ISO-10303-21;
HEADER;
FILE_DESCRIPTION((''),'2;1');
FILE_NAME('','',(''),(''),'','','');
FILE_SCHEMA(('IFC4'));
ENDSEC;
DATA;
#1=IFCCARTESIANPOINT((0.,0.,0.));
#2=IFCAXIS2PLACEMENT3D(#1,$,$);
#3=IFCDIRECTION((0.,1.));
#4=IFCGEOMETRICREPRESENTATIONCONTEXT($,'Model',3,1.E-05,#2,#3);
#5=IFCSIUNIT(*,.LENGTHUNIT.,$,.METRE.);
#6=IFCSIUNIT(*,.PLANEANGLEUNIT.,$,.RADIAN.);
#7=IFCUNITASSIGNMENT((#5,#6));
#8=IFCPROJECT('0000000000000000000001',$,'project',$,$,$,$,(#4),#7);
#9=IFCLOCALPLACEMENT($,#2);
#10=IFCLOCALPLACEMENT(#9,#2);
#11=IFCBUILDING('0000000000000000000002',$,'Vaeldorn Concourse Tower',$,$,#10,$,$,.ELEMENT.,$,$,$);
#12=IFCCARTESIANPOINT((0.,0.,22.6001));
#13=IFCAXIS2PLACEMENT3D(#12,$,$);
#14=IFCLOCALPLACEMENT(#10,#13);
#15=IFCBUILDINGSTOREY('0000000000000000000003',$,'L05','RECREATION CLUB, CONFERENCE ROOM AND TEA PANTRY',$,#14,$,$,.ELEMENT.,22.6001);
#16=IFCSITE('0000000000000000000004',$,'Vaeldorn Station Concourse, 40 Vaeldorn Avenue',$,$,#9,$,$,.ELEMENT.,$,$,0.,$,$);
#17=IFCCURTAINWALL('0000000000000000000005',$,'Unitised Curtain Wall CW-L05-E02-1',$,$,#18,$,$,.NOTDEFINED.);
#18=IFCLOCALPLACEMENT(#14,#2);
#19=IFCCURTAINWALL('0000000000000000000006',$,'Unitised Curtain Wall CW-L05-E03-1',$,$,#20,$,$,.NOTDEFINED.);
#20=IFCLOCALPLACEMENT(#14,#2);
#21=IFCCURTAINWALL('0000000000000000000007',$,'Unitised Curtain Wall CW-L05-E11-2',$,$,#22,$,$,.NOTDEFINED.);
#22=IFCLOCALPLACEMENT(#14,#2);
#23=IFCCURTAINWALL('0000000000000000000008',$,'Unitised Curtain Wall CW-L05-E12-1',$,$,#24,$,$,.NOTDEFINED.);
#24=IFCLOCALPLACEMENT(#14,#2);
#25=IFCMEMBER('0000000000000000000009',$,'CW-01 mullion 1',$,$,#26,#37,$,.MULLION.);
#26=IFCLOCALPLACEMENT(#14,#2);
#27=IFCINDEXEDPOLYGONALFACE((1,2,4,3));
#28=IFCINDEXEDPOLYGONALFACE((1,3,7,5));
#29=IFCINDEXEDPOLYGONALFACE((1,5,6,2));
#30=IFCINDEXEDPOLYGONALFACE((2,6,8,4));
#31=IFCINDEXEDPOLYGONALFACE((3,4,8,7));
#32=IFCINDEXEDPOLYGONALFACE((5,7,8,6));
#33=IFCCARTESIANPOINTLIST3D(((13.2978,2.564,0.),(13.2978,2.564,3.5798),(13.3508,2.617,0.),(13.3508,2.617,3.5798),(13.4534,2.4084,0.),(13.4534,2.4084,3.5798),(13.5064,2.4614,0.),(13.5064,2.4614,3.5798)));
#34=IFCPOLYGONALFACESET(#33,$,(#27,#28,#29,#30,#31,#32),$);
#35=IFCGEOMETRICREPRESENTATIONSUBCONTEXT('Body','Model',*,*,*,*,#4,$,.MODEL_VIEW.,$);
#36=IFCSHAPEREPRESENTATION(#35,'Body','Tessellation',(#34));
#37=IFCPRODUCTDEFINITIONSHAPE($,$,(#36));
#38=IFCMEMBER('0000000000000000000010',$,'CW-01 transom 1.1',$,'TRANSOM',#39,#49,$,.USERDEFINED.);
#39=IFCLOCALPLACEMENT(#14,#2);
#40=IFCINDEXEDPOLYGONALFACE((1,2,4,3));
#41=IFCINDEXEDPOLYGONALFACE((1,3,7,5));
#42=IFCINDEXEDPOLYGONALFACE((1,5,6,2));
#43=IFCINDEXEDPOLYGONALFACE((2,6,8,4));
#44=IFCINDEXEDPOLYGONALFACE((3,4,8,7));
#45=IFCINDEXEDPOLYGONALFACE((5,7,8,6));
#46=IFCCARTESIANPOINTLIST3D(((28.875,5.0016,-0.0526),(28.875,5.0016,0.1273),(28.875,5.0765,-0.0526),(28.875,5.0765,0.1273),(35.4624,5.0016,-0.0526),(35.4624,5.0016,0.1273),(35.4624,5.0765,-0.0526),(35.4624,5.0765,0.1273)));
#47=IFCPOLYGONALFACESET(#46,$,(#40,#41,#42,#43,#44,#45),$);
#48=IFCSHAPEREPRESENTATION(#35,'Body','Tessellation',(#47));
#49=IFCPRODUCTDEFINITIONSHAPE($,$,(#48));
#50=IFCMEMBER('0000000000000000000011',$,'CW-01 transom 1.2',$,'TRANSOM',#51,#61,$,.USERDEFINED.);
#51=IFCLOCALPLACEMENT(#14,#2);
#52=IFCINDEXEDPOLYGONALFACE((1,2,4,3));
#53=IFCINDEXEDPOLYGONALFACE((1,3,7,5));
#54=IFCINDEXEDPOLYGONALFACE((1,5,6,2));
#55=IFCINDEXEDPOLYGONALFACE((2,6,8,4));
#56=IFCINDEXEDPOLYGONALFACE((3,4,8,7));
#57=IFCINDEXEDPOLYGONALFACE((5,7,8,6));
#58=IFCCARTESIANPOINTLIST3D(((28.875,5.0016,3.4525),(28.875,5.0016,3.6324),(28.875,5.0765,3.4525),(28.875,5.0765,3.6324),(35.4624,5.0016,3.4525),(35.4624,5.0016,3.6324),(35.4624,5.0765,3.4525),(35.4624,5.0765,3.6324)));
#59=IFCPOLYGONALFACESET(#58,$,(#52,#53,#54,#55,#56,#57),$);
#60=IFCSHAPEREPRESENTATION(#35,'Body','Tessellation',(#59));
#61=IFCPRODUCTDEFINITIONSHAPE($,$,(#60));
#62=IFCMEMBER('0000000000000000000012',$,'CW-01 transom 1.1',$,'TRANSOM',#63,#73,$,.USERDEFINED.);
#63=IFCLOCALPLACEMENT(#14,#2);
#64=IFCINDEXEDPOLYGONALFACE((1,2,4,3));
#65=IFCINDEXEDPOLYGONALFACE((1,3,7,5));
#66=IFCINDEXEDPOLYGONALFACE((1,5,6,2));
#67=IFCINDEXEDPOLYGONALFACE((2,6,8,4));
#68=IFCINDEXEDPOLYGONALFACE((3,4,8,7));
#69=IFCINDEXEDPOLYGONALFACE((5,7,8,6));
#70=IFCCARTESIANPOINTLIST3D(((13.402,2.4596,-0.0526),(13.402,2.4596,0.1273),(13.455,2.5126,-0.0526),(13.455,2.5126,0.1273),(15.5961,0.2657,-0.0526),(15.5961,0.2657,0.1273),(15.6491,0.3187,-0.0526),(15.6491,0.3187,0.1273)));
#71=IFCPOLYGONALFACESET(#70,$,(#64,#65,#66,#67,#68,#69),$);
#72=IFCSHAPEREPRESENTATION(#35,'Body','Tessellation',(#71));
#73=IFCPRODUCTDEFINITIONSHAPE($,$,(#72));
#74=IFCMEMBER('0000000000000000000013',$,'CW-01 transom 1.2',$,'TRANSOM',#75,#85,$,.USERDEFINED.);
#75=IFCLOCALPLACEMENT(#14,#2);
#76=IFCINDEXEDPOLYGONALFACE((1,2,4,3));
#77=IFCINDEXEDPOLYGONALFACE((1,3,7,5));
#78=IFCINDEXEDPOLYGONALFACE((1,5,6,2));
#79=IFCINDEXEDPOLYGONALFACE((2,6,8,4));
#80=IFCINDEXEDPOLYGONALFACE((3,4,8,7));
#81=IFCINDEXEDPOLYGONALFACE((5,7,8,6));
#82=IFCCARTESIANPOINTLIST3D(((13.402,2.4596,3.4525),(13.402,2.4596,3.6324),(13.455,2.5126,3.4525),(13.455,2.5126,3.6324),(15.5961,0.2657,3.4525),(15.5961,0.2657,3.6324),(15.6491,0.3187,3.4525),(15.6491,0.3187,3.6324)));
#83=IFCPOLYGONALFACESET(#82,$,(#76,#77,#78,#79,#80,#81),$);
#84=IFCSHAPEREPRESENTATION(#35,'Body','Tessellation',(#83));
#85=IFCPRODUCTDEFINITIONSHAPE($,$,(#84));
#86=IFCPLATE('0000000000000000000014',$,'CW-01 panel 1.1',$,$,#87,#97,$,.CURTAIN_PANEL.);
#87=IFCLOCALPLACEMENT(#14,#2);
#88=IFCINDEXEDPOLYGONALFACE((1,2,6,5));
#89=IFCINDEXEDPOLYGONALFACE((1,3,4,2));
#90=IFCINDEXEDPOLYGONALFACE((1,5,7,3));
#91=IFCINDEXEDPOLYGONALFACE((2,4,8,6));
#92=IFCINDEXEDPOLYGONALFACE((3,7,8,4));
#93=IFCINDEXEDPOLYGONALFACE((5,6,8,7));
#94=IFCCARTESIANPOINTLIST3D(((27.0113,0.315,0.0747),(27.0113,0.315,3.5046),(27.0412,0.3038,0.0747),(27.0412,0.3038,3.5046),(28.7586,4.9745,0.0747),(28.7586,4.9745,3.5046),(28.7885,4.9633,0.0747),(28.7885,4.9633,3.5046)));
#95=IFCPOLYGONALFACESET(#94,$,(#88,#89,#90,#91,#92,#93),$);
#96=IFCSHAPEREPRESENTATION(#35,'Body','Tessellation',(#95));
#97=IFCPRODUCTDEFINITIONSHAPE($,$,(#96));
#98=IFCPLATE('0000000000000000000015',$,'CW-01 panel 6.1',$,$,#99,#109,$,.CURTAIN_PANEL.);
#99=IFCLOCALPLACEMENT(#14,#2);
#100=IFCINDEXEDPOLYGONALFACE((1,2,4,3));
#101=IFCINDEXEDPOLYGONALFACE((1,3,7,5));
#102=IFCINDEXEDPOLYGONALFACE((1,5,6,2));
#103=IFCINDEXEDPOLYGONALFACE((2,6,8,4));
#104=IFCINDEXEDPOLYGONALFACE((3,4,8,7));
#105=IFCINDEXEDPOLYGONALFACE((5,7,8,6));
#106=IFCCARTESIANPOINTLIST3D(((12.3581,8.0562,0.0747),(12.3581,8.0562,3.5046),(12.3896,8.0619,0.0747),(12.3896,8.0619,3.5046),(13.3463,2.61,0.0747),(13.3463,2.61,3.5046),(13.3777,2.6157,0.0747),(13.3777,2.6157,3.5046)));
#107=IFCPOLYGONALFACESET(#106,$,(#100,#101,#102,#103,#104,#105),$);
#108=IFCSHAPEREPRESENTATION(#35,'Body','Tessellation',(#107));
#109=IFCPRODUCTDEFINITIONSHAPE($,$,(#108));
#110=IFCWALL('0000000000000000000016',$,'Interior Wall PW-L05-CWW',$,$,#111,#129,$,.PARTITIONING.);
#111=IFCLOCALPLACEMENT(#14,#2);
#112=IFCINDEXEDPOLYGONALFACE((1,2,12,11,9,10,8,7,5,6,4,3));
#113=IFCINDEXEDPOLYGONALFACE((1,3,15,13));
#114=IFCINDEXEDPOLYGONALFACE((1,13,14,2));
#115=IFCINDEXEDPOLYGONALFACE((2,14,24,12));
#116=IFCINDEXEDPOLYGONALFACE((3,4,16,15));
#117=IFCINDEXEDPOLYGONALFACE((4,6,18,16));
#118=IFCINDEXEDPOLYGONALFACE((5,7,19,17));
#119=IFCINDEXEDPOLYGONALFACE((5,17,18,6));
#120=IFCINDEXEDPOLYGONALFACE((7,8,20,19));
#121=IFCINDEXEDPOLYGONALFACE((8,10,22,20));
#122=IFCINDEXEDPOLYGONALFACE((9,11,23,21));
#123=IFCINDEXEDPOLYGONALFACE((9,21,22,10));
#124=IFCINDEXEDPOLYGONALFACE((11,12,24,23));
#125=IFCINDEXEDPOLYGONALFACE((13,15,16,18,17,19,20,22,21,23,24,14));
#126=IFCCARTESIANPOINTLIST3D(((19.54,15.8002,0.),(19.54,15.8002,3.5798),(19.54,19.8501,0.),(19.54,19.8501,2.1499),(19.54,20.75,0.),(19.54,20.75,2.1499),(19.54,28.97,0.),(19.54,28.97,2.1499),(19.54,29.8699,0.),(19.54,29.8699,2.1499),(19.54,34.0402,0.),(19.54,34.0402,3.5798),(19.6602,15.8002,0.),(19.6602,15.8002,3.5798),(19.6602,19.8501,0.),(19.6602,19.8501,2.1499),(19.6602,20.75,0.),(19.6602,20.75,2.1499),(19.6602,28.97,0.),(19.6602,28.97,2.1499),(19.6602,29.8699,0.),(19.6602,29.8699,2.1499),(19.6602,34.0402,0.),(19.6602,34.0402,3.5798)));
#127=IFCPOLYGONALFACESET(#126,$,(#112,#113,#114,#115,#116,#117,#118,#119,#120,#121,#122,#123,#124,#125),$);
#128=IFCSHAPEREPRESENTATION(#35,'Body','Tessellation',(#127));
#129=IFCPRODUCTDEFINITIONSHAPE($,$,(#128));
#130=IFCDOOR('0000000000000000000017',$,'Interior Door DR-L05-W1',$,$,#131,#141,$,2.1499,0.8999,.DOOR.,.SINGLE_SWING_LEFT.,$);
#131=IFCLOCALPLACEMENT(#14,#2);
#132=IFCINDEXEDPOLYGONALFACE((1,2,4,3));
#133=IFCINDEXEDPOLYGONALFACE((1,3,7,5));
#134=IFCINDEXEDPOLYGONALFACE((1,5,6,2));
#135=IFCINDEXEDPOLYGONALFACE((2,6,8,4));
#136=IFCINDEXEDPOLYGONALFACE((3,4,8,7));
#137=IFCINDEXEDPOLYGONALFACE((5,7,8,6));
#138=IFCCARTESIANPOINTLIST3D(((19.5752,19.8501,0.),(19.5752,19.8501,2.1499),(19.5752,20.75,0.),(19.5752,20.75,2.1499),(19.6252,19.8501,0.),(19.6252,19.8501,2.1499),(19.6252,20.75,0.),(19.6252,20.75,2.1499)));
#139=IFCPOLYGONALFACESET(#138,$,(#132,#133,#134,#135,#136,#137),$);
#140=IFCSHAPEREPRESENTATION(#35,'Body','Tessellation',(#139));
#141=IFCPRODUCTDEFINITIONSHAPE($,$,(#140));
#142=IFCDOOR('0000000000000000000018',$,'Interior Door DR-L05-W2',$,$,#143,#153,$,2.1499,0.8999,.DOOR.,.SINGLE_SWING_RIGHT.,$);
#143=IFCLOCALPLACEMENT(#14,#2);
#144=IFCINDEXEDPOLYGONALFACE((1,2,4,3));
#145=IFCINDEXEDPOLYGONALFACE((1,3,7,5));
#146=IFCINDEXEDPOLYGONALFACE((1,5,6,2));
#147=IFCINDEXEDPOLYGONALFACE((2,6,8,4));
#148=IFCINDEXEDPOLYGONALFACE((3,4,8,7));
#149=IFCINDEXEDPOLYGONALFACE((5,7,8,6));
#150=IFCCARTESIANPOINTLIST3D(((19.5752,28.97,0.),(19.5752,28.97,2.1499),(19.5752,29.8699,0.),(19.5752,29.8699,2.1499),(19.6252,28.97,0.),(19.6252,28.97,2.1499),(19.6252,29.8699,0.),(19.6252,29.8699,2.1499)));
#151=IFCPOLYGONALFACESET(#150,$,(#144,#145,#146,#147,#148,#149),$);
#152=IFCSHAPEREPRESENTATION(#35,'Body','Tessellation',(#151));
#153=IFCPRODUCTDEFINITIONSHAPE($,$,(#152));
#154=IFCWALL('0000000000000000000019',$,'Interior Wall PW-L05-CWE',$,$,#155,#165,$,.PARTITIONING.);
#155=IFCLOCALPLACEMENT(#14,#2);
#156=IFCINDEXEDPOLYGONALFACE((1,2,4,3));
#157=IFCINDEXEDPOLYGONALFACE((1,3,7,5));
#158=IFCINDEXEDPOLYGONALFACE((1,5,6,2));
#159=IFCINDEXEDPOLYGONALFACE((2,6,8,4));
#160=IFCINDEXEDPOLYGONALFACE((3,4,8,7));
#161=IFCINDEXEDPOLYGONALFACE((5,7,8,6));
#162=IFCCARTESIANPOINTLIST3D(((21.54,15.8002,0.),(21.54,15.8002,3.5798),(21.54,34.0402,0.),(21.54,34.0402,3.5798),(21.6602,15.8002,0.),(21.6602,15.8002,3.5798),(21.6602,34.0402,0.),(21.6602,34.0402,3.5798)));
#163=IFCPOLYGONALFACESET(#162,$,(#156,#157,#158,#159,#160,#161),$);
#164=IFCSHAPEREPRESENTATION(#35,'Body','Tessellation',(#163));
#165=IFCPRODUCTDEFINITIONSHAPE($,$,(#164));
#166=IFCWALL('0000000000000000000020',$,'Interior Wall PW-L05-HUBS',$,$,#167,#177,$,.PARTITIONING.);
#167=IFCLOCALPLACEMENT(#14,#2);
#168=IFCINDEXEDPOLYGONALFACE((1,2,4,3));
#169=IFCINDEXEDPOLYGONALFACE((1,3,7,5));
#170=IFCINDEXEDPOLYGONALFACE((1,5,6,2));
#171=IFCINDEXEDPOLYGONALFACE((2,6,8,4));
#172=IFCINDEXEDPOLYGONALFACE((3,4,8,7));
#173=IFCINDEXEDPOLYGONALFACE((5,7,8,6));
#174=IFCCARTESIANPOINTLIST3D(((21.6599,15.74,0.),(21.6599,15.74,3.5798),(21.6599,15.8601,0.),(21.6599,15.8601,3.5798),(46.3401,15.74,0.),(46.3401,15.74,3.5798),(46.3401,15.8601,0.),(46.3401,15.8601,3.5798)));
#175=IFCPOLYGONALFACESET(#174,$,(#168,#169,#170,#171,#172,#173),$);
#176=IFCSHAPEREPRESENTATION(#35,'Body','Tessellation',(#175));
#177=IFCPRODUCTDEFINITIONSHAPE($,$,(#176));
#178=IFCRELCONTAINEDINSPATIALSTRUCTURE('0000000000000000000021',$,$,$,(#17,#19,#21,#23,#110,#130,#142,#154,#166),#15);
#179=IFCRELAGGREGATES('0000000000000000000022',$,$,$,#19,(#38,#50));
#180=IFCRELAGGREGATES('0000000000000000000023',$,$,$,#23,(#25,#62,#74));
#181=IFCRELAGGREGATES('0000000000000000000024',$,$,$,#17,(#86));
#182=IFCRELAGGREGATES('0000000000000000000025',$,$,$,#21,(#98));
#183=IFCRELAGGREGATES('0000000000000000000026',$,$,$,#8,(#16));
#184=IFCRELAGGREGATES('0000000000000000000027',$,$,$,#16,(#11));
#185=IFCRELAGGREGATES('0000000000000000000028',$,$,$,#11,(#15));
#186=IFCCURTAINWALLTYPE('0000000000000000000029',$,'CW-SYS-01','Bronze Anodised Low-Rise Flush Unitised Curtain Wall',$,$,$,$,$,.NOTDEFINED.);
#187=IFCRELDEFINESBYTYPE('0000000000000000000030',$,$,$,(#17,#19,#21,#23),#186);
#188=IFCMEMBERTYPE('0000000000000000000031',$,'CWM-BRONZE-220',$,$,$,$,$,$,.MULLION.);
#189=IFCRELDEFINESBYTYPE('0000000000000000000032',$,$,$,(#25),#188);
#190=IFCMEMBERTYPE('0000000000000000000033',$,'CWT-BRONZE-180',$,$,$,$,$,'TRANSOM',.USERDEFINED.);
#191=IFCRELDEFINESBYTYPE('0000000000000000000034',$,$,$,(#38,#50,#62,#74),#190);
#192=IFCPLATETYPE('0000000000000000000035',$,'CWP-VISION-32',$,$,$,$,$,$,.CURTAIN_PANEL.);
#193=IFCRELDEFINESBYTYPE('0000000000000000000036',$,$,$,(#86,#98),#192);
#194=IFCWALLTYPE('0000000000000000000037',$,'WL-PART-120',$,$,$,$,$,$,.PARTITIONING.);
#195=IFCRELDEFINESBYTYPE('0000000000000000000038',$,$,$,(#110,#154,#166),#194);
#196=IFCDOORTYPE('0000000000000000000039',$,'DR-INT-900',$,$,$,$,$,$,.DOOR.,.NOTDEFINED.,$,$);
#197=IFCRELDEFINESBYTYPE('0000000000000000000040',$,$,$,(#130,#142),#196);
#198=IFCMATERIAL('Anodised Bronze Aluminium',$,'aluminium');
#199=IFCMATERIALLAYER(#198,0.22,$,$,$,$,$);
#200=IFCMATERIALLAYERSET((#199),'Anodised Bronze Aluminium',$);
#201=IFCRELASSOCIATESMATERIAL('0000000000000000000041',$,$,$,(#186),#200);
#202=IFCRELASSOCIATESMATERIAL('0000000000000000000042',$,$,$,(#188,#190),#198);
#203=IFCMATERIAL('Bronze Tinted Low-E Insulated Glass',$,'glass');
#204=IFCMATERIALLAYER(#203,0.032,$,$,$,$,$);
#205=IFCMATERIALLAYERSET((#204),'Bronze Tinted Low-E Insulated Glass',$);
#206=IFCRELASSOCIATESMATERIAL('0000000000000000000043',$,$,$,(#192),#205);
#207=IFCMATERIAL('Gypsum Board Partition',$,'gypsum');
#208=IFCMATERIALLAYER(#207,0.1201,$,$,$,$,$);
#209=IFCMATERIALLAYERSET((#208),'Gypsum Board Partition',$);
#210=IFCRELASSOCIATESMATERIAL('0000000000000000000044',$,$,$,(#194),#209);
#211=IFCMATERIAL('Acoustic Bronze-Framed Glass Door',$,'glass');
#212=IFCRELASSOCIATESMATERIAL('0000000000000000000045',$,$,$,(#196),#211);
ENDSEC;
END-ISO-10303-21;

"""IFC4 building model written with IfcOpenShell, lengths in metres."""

from ifc_helpers import new_model, si_unit, direction, frame, frame_2d, origin, origin_2d, place, context, subcontext, project, spatial, rectangle, extrude, source, transform, mapped, material, layer, layer_set, material_profile, profile_set, type_object, element, fill, aggregate, save


model = new_model("IFC4")

# Units and contexts
model_context = context("Model", 3, precision=1e-05, world=origin(), true_north=direction((0.0, 1.0)))
body_context = subcontext(model_context, "Body", "Model", "MODEL_VIEW")
ifc_project = project(units=[si_unit("LENGTHUNIT", "METRE"), si_unit("PLANEANGLEUNIT", "RADIAN")], contexts=[model_context])

# Site, building, storey
site_placement = place(None, origin())
site = spatial("IfcSite", under=ifc_project, at=site_placement, Name="Vaeldorn Station Concourse, 40 Vaeldorn Avenue", CompositionType="ELEMENT", RefElevation=0.0)
building_placement = place(site_placement, origin())
building = spatial("IfcBuilding", under=site, at=building_placement, Name="Vaeldorn Concourse Tower", CompositionType="ELEMENT")
storey_placement = place(building_placement, frame((0.0, 0.0, 22.6001)))
storey = spatial("IfcBuildingStorey", under=building, at=storey_placement, Name="L05", Description="RECREATION CLUB, CONFERENCE ROOM AND TEA PANTRY", CompositionType="ELEMENT", Elevation=22.6001)

# Curtain walls, member
ifc_material_1 = material(Name="Anodised Bronze Aluminium", Category="aluminium")
ifc_layer_1 = layer(ifc_material_1, 0.22)
ifc_layer_set_1 = layer_set([ifc_layer_1], Name="Anodised Bronze Aluminium")
curtain_wall_type = type_object("IfcCurtainWallType", Name="CW-SYS-01", Description="Bronze Anodised Low-Rise Flush Unitised Curtain Wall", PredefinedType="NOTDEFINED", material=ifc_layer_set_1)
curtain_wall_1_placement = place(storey_placement, origin())
curtain_wall_1 = element("IfcCurtainWall", 1, at=curtain_wall_1_placement, inside=storey, type_object=curtain_wall_type, Name="Unitised Curtain Wall CW-L05-E02-1", PredefinedType="NOTDEFINED")
ifc_material_profile_1 = material_profile(ifc_material_1, rectangle(XDim=0.075, YDim=0.22, at=origin_2d()), Name="CWM 75x220")
ifc_profile_set_1 = profile_set([ifc_material_profile_1], Name="Anodised Bronze Aluminium")
member_type_1 = type_object("IfcMemberType", Name="CWM-BRONZE-220", PredefinedType="MULLION", material=ifc_profile_set_1)
shared_shape_1 = source(origin(), body_context, "Body", "SweptSolid", [
    extrude(rectangle(XDim=0.075, YDim=0.22, at=origin_2d()), origin(), (0.0, 0.0, 1.0), 3.5798),
])
curtain_wall_2_placement = place(storey_placement, origin())
curtain_wall_2 = element("IfcCurtainWall", 2, at=curtain_wall_2_placement, inside=storey, type_object=curtain_wall_type, Name="Unitised Curtain Wall CW-L05-E03-1", PredefinedType="NOTDEFINED")
curtain_wall_3_placement = place(storey_placement, origin())
curtain_wall_3 = element("IfcCurtainWall", 3, at=curtain_wall_3_placement, inside=storey, type_object=curtain_wall_type, Name="Unitised Curtain Wall CW-L05-E11-2", PredefinedType="NOTDEFINED")
curtain_wall_4_placement = place(storey_placement, origin())
curtain_wall_4 = element("IfcCurtainWall", 4, at=curtain_wall_4_placement, inside=storey, type_object=curtain_wall_type, Name="Unitised Curtain Wall CW-L05-E12-1", PredefinedType="NOTDEFINED")
member_1_placement = place(storey_placement, frame((13.4021, 2.5127, 0.0), z_axis=(0.0, 0.0, 1.0), x_axis=(0.707107, 0.707107, 0.0)))
member_1 = element("IfcMember", 5, at=member_1_placement, type_object=member_type_1, Name="CW-01 mullion 1", PredefinedType="MULLION", context=body_context, shape_type="MappedRepresentation", body=[
    mapped(shared_shape_1, transform((0.0, 0.0, 0.0), scale=1.0)),
])

# Members
ifc_material_profile_2 = material_profile(ifc_material_1, rectangle(XDim=0.075, YDim=0.1799, at=origin_2d()), Name="CWT 75x180")
ifc_profile_set_2 = profile_set([ifc_material_profile_2], Name="Anodised Bronze Aluminium")
member_type_2 = type_object("IfcMemberType", Name="CWT-BRONZE-180", ElementType="TRANSOM", PredefinedType="USERDEFINED", material=ifc_profile_set_2)
shared_shape_2 = source(origin(), body_context, "Body", "SweptSolid", [
    extrude(rectangle(XDim=0.075, YDim=0.1799, at=origin_2d()), origin(), (0.0, 0.0, 1.0), 6.5874),
])
member_2_placement = place(storey_placement, frame((28.875, 5.0391, 0.0374), z_axis=(1.0, 0.0, 0.0), x_axis=(0.0, 1.0, 0.0)))
member_2 = element("IfcMember", 6, at=member_2_placement, type_object=member_type_2, Name="CW-01 transom 1.1", ObjectType="TRANSOM", PredefinedType="USERDEFINED", context=body_context, shape_type="MappedRepresentation", body=[
    mapped(shared_shape_2, transform((0.0, 0.0, 0.0), scale=1.0)),
])
member_3_placement = place(storey_placement, frame((28.875, 5.0391, 3.5425), z_axis=(1.0, 0.0, 0.0), x_axis=(0.0, 1.0, 0.0)))
member_3 = element("IfcMember", 7, at=member_3_placement, type_object=member_type_2, Name="CW-01 transom 1.2", ObjectType="TRANSOM", PredefinedType="USERDEFINED", context=body_context, shape_type="MappedRepresentation", body=[
    mapped(shared_shape_2, transform((0.0, 0.0, 0.0), scale=1.0)),
])
aggregate(curtain_wall_2, [member_2, member_3])
shared_shape_3 = source(origin(), body_context, "Body", "SweptSolid", [
    extrude(rectangle(XDim=0.075, YDim=0.1799, at=origin_2d()), origin(), (0.0, 0.0, 1.0), 3.1028),
])
member_4_placement = place(storey_placement, frame((13.4285, 2.4861, 0.0374), z_axis=(0.707146, -0.707067, 0.0), x_axis=(0.707067, 0.707146, 0.0)))
member_4 = element("IfcMember", 8, at=member_4_placement, type_object=member_type_2, Name="CW-01 transom 1.1", ObjectType="TRANSOM", PredefinedType="USERDEFINED", context=body_context, shape_type="MappedRepresentation", body=[
    mapped(shared_shape_3, transform((0.0, 0.0, 0.0), scale=1.0)),
])
member_5_placement = place(storey_placement, frame((13.4285, 2.4861, 3.5425), z_axis=(0.707146, -0.707067, 0.0), x_axis=(0.707067, 0.707146, 0.0)))
member_5 = element("IfcMember", 9, at=member_5_placement, type_object=member_type_2, Name="CW-01 transom 1.2", ObjectType="TRANSOM", PredefinedType="USERDEFINED", context=body_context, shape_type="MappedRepresentation", body=[
    mapped(shared_shape_3, transform((0.0, 0.0, 0.0), scale=1.0)),
])
aggregate(curtain_wall_4, [member_1, member_4, member_5])

# Plates
ifc_material_2 = material(Name="Bronze Tinted Low-E Insulated Glass", Category="glass")
ifc_layer_2 = layer(ifc_material_2, 0.032)
ifc_layer_set_2 = layer_set([ifc_layer_2], Name="Bronze Tinted Low-E Insulated Glass")
plate_type = type_object("IfcPlateType", Name="CWP-VISION-32", PredefinedType="CURTAIN_PANEL", material=ifc_layer_set_2)
shared_shape_4 = source(origin(), body_context, "Body", "SweptSolid", [
    extrude(rectangle(XDim=4.9763, YDim=0.032, at=origin_2d()), origin(), (0.0, 0.0, 1.0), 3.4299),
])
plate_1_placement = place(storey_placement, frame((27.8999, 2.6392, 0.0747), z_axis=(0.0, 0.0, 1.0), x_axis=(0.351123, 0.936329, 0.0)))
plate_1 = element("IfcPlate", 10, at=plate_1_placement, type_object=plate_type, Name="CW-01 panel 1.1", PredefinedType="CURTAIN_PANEL", context=body_context, shape_type="MappedRepresentation", body=[
    mapped(shared_shape_4, transform((0.0, 0.0, 0.0), scale=1.0)),
])
aggregate(curtain_wall_1, [plate_1])
shared_shape_5 = source(origin(), body_context, "Body", "SweptSolid", [
    extrude(rectangle(XDim=5.5352, YDim=0.032, at=origin_2d()), origin(), (0.0, 0.0, 1.0), 3.4299),
])
plate_2_placement = place(storey_placement, frame((12.8679, 5.3359, 0.0747), z_axis=(0.0, 0.0, 1.0), x_axis=(0.178526, -0.983935, 0.0)))
plate_2 = element("IfcPlate", 11, at=plate_2_placement, type_object=plate_type, Name="CW-01 panel 6.1", PredefinedType="CURTAIN_PANEL", context=body_context, shape_type="MappedRepresentation", body=[
    mapped(shared_shape_5, transform((0.0, 0.0, 0.0), scale=1.0)),
])
aggregate(curtain_wall_3, [plate_2])

# Wall, openings, doors
ifc_material_3 = material(Name="Gypsum Board Partition", Category="gypsum")
ifc_layer_3 = layer(ifc_material_3, 0.1201)
ifc_layer_set_3 = layer_set([ifc_layer_3], Name="Gypsum Board Partition")
wall_type = type_object("IfcWallType", Name="WL-PART-120", PredefinedType="PARTITIONING", material=ifc_layer_set_3)
wall_1_placement = place(storey_placement, frame((19.6001, 15.8, 0.0), z_axis=(0.0, 0.0, 1.0), x_axis=(0.0, 1.0, 0.0)))
wall_1 = element("IfcWall", 12, at=wall_1_placement, inside=storey, type_object=wall_type, Name="Interior Wall PW-L05-CWW", PredefinedType="PARTITIONING", context=body_context, shape_type="SweptSolid", body=[
    extrude(rectangle(XDim=18.24, YDim=0.1201, at=frame_2d((9.1201, 0.0))), origin(), (0.0, 0.0, 1.0), 3.5798),
])
opening_1_placement = place(wall_1_placement, frame((4.05, 0.0, 0.0)))
opening_1 = element("IfcOpeningElement", 13, at=opening_1_placement, cuts=wall_1, PredefinedType="OPENING", context=body_context, shape_type="SweptSolid", body=[
    extrude(rectangle(XDim=0.8999, YDim=2.1499, at=frame_2d((0.45, 1.075))), frame((0.0, 0.0701, 0.0), z_axis=(0.0, -1.0, 0.0), x_axis=(1.0, 0.0, 0.0)), (0.0, 0.0, 1.0), 0.1401),
])
opening_2_placement = place(wall_1_placement, frame((13.1699, 0.0, 0.0)))
opening_2 = element("IfcOpeningElement", 14, at=opening_2_placement, cuts=wall_1, PredefinedType="OPENING", context=body_context, shape_type="SweptSolid", body=[
    extrude(rectangle(XDim=0.8999, YDim=2.1499, at=frame_2d((0.45, 1.075))), frame((0.0, 0.0701, 0.0), z_axis=(0.0, -1.0, 0.0), x_axis=(1.0, 0.0, 0.0)), (0.0, 0.0, 1.0), 0.1401),
])
ifc_material_4 = material(Name="Acoustic Bronze-Framed Glass Door", Category="glass")
door_type = type_object("IfcDoorType", Name="DR-INT-900", OperationType="NOTDEFINED", PredefinedType="DOOR", material=ifc_material_4)
shared_shape_6 = source(origin(), body_context, "Body", "SweptSolid", [
    extrude(rectangle(XDim=0.8999, YDim=2.1499, at=frame_2d((0.45, 1.075))), frame((0.0, 0.0249, 0.0), z_axis=(0.0, -1.0, 0.0), x_axis=(1.0, 0.0, 0.0)), (0.0, 0.0, 1.0), 0.05),
])
door_1_placement = place(opening_1_placement, origin())
door_1 = element("IfcDoor", 15, at=door_1_placement, inside=storey, type_object=door_type, Name="Interior Door DR-L05-W1", OperationType="SINGLE_SWING_LEFT", OverallHeight=2.1499, OverallWidth=0.8999, PredefinedType="DOOR", context=body_context, shape_type="MappedRepresentation", body=[
    mapped(shared_shape_6, transform((0.0, 0.0, 0.0), scale=1.0)),
])
fill(opening_1, door_1)
door_2_placement = place(opening_2_placement, origin())
door_2 = element("IfcDoor", 16, at=door_2_placement, inside=storey, type_object=door_type, Name="Interior Door DR-L05-W2", OperationType="SINGLE_SWING_RIGHT", OverallHeight=2.1499, OverallWidth=0.8999, PredefinedType="DOOR", context=body_context, shape_type="MappedRepresentation", body=[
    mapped(shared_shape_6, transform((0.0, 0.0, 0.0), scale=1.0)),
])
fill(opening_2, door_2)

# Wall
wall_2_placement = place(storey_placement, frame((21.6001, 15.8, 0.0), z_axis=(0.0, 0.0, 1.0), x_axis=(0.0, 1.0, 0.0)))
element("IfcWall", 17, at=wall_2_placement, inside=storey, type_object=wall_type, Name="Interior Wall PW-L05-CWE", PredefinedType="PARTITIONING", context=body_context, shape_type="SweptSolid", body=[
    extrude(rectangle(XDim=18.24, YDim=0.1201, at=frame_2d((9.1201, 0.0))), origin(), (0.0, 0.0, 1.0), 3.5798),
])

# Wall
wall_3_placement = place(storey_placement, frame((21.6599, 15.8, 0.0), z_axis=(0.0, 0.0, 1.0), x_axis=(1.0, 0.0, 0.0)))
element("IfcWall", 18, at=wall_3_placement, inside=storey, type_object=wall_type, Name="Interior Wall PW-L05-HUBS", PredefinedType="PARTITIONING", context=body_context, shape_type="SweptSolid", body=[
    extrude(rectangle(XDim=24.6802, YDim=0.1201, at=frame_2d((12.3401, 0.0))), origin(), (0.0, 0.0, 1.0), 3.5798),
])

save(model, "model.ifc")
